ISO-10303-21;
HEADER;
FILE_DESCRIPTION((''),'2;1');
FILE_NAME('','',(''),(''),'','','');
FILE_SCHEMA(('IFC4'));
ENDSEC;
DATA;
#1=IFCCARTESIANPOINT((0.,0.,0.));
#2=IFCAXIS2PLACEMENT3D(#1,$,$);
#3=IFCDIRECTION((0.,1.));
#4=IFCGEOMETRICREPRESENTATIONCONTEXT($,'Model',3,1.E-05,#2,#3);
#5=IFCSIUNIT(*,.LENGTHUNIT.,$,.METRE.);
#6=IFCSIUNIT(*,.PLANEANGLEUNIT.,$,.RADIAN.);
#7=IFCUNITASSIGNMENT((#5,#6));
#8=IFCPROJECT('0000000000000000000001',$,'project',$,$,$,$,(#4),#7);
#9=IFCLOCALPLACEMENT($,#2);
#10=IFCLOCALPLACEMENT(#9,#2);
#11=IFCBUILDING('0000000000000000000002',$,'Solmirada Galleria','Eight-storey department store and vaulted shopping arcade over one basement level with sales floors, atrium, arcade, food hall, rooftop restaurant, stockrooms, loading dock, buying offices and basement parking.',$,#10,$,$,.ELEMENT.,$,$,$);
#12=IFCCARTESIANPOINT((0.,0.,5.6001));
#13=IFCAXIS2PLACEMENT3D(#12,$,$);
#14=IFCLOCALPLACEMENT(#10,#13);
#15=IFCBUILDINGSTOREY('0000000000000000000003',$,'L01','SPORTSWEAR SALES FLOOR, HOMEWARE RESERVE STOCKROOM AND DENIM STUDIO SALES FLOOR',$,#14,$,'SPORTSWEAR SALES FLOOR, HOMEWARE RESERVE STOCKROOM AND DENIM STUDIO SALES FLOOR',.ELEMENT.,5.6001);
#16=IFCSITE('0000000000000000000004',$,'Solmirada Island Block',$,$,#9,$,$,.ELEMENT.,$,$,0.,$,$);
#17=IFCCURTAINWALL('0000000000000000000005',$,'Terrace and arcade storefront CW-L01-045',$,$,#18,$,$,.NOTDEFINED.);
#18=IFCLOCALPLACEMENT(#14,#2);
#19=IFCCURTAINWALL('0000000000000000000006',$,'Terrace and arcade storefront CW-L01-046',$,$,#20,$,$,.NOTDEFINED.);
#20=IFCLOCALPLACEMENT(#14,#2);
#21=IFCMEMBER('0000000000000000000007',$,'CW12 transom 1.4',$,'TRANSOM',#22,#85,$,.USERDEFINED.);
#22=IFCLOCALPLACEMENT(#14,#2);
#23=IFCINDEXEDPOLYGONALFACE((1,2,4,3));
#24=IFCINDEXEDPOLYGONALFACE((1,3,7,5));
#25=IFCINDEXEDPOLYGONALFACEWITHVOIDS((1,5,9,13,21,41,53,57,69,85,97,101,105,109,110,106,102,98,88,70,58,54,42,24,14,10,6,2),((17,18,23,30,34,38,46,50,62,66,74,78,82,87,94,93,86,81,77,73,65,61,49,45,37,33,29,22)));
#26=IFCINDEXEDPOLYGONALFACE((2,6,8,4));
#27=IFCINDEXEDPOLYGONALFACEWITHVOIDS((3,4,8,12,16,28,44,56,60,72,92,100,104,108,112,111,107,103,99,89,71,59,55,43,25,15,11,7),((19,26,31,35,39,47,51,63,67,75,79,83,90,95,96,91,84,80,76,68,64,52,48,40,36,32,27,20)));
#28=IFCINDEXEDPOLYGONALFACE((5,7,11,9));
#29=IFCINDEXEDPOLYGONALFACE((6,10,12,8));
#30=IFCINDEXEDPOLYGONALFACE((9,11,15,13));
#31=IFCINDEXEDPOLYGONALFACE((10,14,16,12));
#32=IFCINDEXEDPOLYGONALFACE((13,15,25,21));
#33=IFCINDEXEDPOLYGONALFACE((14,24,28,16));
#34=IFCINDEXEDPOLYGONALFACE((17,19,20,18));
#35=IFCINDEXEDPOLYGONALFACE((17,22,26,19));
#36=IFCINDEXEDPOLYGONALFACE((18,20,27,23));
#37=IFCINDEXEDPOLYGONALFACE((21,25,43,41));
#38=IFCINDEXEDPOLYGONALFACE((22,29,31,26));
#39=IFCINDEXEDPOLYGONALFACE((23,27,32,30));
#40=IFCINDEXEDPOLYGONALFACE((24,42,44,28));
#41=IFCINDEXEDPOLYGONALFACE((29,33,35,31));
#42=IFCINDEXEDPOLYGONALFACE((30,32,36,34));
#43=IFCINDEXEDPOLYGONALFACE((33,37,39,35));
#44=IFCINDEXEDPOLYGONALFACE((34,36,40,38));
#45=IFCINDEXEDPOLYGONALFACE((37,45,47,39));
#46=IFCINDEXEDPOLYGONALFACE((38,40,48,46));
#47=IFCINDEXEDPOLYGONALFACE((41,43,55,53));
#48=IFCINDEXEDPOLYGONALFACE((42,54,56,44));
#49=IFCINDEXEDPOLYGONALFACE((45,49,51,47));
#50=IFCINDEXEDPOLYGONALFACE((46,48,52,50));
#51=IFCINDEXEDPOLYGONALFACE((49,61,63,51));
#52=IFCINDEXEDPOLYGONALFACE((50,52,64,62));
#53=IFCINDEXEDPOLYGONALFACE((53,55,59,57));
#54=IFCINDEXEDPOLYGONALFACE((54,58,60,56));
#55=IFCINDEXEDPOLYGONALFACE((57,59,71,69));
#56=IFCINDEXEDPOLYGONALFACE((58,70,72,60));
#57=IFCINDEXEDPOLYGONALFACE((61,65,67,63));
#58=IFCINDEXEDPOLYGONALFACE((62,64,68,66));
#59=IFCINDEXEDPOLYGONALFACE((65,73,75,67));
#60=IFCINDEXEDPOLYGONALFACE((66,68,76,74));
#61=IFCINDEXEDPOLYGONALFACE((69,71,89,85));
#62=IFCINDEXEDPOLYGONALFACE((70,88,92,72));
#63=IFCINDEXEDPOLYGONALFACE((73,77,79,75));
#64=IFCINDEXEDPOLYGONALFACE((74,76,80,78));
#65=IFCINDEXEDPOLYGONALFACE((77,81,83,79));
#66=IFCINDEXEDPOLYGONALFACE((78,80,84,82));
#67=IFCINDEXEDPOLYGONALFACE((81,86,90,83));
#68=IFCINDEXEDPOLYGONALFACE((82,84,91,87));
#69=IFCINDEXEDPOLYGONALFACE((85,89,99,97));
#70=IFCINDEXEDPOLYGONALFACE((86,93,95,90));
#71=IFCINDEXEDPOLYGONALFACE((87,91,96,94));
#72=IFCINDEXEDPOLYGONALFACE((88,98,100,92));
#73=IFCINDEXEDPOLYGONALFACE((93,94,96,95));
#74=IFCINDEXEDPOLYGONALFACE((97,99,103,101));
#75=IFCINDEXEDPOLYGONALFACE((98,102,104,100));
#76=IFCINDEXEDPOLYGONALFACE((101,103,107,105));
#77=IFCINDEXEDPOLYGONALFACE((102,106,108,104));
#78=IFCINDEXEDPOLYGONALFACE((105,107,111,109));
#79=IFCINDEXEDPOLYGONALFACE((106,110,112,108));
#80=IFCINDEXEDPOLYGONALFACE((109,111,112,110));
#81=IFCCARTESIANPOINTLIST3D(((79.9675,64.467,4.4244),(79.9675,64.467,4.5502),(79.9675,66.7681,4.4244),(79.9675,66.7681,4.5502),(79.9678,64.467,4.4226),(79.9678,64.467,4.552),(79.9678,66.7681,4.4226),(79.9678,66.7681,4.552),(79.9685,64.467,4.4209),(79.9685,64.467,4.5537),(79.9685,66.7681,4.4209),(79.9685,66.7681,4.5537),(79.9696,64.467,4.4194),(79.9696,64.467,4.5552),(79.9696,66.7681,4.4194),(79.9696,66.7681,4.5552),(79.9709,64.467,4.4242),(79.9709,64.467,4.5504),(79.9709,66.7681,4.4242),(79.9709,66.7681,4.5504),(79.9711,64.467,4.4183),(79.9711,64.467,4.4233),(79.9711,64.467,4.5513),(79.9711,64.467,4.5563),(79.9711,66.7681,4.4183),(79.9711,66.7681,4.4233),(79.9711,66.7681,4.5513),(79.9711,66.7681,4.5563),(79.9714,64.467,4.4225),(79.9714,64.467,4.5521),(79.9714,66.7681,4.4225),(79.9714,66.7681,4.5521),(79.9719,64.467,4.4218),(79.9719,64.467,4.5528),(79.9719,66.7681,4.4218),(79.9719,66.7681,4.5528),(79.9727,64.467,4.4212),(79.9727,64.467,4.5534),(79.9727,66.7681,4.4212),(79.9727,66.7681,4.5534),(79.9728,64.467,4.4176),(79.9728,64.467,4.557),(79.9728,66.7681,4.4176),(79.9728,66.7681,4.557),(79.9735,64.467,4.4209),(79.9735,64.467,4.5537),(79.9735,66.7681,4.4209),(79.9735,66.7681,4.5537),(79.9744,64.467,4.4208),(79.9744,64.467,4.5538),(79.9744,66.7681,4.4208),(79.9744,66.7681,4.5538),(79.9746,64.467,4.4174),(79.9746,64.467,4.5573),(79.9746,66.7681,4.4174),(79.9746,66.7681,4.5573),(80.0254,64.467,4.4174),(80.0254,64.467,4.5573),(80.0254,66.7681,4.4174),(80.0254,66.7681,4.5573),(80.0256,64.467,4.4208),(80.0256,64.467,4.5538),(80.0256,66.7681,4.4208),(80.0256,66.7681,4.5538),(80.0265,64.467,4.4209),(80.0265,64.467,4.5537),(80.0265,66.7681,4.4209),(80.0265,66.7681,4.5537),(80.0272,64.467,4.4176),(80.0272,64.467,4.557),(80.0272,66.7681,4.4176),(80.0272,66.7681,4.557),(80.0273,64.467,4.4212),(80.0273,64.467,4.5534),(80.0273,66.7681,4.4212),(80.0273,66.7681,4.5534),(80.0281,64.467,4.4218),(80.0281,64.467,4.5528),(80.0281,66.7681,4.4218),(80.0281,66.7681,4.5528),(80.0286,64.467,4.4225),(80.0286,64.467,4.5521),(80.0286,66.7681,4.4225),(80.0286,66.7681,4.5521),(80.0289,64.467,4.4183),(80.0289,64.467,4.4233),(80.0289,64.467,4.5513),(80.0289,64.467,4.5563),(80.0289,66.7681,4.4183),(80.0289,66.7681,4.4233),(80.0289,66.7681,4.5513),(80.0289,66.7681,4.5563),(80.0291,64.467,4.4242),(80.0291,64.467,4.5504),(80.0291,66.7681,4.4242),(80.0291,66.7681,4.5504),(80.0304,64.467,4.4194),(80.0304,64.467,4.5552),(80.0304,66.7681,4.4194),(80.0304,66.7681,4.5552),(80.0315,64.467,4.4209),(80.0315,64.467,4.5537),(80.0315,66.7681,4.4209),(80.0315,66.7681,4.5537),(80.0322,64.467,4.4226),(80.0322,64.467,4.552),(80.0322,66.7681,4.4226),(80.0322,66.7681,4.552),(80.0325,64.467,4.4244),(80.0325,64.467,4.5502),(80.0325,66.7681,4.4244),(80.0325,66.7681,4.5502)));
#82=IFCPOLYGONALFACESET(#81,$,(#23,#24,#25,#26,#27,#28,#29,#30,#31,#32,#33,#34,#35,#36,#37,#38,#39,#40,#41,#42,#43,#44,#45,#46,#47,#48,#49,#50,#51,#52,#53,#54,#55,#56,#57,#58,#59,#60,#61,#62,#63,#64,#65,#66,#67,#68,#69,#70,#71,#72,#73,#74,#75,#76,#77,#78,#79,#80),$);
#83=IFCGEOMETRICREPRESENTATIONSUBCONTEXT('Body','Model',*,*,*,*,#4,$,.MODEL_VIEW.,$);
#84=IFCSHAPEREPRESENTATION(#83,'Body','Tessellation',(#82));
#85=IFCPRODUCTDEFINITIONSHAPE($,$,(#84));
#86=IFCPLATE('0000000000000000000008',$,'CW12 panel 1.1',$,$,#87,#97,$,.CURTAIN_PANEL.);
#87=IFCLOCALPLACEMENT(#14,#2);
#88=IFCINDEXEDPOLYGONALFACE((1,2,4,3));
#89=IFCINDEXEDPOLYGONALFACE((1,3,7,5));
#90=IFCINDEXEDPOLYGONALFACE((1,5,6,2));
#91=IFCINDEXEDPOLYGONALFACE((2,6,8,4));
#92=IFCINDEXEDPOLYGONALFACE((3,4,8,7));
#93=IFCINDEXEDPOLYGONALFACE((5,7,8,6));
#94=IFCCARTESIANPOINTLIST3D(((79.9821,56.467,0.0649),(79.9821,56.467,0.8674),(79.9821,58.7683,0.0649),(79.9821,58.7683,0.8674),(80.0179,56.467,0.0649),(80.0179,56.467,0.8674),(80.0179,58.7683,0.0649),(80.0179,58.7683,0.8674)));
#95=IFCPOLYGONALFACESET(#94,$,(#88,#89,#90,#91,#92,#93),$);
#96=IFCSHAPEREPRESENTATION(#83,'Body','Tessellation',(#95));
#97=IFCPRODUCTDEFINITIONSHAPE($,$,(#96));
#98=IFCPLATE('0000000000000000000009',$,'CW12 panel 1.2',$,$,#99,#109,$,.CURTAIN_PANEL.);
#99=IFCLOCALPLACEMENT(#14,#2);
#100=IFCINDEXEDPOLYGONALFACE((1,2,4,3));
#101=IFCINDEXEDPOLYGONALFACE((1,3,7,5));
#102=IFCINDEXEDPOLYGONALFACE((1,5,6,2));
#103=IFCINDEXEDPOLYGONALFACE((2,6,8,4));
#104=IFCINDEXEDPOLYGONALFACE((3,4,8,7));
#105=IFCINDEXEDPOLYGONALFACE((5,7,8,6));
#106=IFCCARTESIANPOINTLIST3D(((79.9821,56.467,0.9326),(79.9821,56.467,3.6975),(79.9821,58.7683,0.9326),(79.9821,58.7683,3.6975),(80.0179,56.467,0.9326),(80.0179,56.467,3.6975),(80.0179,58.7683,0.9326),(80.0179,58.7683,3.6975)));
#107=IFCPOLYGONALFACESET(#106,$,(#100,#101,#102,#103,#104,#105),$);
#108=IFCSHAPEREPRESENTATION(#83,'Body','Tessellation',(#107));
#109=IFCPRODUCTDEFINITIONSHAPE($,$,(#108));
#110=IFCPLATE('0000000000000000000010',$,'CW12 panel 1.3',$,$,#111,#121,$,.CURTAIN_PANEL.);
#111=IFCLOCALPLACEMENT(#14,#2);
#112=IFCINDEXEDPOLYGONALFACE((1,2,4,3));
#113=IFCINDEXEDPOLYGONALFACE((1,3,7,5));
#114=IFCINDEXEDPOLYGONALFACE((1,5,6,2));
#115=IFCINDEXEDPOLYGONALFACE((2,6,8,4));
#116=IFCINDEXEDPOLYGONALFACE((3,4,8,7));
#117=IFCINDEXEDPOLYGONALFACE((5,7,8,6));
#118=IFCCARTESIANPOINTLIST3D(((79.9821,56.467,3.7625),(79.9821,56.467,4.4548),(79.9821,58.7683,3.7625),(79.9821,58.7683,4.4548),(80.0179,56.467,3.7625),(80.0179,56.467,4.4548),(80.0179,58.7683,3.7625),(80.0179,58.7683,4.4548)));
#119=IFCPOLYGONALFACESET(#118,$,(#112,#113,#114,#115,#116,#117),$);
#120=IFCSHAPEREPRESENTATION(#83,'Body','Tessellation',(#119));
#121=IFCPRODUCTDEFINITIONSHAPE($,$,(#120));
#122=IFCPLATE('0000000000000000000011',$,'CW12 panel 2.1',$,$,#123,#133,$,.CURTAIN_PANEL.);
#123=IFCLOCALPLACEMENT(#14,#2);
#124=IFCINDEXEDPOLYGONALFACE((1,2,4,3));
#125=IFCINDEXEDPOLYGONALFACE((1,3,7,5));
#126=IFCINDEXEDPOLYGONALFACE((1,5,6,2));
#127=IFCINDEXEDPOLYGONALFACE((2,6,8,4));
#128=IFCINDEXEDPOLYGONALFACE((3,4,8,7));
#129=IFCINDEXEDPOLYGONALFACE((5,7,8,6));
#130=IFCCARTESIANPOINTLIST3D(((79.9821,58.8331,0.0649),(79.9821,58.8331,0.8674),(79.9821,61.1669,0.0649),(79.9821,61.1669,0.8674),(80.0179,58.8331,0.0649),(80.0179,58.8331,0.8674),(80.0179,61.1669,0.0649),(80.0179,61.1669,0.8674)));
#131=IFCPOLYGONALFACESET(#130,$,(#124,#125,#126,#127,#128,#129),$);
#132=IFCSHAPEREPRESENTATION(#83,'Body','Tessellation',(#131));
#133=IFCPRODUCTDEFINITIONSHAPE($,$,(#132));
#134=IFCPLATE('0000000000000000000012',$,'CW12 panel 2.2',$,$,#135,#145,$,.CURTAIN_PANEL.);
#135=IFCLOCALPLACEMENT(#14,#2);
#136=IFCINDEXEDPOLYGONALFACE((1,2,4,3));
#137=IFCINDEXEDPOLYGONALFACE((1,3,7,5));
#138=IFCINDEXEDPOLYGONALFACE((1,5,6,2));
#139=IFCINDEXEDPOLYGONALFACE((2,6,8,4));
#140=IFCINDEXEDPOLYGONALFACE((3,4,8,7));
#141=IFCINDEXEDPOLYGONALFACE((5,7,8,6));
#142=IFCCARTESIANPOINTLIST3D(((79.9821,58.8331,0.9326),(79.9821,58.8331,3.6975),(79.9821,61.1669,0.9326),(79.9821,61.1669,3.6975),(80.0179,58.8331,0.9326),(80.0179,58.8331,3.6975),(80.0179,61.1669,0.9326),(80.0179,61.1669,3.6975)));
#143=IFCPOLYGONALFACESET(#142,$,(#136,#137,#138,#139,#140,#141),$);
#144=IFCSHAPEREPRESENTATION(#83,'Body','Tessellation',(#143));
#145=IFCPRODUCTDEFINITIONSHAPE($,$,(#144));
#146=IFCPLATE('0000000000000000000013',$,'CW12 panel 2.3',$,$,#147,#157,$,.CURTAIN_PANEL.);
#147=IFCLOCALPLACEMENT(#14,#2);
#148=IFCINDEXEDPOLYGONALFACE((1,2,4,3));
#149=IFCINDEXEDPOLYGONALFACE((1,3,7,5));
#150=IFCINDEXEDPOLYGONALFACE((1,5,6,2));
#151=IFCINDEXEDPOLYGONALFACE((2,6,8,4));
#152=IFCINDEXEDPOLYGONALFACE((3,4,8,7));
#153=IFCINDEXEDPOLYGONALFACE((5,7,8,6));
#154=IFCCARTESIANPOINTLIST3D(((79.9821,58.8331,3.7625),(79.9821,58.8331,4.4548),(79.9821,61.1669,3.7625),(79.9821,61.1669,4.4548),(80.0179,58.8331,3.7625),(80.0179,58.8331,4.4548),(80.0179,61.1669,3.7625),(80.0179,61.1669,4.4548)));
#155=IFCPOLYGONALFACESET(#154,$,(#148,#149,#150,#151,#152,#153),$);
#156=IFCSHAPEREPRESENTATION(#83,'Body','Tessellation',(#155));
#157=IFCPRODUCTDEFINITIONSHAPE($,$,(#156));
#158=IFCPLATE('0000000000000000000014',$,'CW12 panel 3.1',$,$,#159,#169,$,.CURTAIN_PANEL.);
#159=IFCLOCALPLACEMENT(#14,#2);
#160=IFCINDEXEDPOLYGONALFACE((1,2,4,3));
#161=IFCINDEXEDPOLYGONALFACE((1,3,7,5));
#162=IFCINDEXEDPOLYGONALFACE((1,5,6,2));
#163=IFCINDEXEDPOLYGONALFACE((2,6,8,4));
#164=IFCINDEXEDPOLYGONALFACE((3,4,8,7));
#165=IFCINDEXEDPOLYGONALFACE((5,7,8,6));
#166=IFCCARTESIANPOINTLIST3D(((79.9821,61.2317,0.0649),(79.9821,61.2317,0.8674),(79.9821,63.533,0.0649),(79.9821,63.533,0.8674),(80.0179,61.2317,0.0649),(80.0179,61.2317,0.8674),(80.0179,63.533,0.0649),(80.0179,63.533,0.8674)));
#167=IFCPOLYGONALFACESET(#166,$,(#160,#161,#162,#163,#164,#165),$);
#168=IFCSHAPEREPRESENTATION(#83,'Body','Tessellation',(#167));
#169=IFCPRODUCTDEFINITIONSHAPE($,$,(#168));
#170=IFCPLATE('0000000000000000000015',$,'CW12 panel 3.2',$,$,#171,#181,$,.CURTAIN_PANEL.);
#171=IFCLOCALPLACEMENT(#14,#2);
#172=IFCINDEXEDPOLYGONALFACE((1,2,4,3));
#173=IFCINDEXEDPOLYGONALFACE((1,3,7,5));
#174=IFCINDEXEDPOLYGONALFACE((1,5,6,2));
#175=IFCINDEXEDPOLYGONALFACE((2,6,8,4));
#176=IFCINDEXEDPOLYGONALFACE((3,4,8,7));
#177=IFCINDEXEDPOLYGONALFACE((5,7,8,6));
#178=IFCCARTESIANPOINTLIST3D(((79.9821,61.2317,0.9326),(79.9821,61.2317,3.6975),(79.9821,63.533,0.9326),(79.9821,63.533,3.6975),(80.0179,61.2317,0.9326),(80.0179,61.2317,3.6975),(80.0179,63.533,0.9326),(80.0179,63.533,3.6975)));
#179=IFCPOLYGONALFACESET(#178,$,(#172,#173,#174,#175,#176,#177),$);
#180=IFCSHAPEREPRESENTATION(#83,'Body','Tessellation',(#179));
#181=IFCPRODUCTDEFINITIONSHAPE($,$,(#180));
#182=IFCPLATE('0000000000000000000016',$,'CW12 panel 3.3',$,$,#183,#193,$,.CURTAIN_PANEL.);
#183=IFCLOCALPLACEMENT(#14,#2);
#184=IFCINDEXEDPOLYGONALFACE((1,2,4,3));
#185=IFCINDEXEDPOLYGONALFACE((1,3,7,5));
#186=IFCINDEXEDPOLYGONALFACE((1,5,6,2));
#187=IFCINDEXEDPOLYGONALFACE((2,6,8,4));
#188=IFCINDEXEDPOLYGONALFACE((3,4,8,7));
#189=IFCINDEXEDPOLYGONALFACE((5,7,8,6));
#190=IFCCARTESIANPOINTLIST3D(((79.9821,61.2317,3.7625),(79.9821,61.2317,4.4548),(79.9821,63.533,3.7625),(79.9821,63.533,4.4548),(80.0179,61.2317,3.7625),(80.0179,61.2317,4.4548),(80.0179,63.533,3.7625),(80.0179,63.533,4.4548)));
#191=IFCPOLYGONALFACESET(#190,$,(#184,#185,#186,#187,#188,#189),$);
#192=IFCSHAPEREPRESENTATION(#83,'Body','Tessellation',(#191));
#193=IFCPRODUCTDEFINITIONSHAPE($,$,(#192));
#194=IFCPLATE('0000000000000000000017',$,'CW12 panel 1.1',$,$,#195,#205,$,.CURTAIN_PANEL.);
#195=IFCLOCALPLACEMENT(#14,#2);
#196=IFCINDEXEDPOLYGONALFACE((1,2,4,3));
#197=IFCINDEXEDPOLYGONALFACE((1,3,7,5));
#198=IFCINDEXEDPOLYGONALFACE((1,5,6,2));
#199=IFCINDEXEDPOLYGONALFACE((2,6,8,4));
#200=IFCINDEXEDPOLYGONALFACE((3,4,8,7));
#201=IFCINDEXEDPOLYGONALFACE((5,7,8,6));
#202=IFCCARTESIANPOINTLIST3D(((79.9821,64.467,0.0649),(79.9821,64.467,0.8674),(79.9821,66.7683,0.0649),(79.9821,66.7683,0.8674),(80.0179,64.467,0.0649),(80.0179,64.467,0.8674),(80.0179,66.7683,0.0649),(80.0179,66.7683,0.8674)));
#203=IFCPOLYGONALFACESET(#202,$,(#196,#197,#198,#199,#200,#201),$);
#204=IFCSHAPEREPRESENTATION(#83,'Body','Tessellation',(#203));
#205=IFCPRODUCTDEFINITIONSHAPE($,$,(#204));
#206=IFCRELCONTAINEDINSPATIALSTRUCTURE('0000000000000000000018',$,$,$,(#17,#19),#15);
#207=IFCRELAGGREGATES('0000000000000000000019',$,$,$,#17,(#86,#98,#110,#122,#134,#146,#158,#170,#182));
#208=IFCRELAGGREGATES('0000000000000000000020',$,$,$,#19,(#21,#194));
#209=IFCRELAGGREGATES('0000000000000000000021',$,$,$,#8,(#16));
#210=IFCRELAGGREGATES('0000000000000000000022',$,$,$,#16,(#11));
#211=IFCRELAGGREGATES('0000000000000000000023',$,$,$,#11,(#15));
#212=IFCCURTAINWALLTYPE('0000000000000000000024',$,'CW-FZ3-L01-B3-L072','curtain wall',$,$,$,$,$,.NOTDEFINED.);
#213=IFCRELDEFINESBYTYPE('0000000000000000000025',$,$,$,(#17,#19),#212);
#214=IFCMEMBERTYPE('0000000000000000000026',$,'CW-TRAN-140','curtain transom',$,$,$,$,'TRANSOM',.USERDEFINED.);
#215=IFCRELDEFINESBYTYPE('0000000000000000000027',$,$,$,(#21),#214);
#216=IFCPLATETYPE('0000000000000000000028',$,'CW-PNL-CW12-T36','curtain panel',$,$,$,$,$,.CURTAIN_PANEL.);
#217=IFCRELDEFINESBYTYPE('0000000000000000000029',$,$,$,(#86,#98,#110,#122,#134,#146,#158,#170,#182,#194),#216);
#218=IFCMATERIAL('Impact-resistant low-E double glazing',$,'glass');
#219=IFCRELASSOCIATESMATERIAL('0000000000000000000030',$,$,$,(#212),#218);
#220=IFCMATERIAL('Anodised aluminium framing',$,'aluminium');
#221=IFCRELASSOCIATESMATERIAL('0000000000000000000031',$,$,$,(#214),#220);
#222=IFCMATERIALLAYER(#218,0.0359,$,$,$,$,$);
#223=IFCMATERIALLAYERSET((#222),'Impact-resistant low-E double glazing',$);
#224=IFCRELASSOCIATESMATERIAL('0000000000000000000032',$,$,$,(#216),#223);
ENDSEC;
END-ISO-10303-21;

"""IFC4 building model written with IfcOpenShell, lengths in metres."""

from ifc_helpers import new_model, si_unit, direction, frame, origin, origin_2d, place, context, subcontext, project, spatial, rectangle, hollow_rectangle, extrude, material, layer, layer_set, material_profile, profile_set, type_object, element, aggregate, save


model = new_model("IFC4")

# Units and contexts
model_context = context("Model", 3, precision=1e-05, world=origin(), true_north=direction((0.0, 1.0)))
body_context = subcontext(model_context, "Body", "Model", "MODEL_VIEW")
ifc_project = project(units=[si_unit("LENGTHUNIT", "METRE"), si_unit("PLANEANGLEUNIT", "RADIAN")], contexts=[model_context])

# Site, building, storey
site_placement = place(None, origin())
site = spatial("IfcSite", under=ifc_project, at=site_placement, Name="Solmirada Island Block", CompositionType="ELEMENT", RefElevation=0.0)
building_placement = place(site_placement, origin())
building = spatial("IfcBuilding", under=site, at=building_placement, Name="Solmirada Galleria", Description="Eight-storey department store and vaulted shopping arcade over one basement level with sales floors, atrium, arcade, food hall, rooftop restaurant, stockrooms, loading dock, buying offices and basement parking.", CompositionType="ELEMENT")
storey_placement = place(building_placement, frame((0.0, 0.0, 5.6001)))
storey = spatial("IfcBuildingStorey", under=building, at=storey_placement, Name="L01", Description="SPORTSWEAR SALES FLOOR, HOMEWARE RESERVE STOCKROOM AND DENIM STUDIO SALES FLOOR", LongName="SPORTSWEAR SALES FLOOR, HOMEWARE RESERVE STOCKROOM AND DENIM STUDIO SALES FLOOR", CompositionType="ELEMENT", Elevation=5.6001)

# Curtain wall
ifc_material_1 = material(Name="Impact-resistant low-E double glazing", Category="glass")
curtain_wall_type = type_object("IfcCurtainWallType", Name="CW-FZ3-L01-B3-L072", Description="curtain wall", PredefinedType="NOTDEFINED", material=ifc_material_1)
curtain_wall_1_placement = place(storey_placement, origin())
curtain_wall_1 = element("IfcCurtainWall", 1, at=curtain_wall_1_placement, inside=storey, type_object=curtain_wall_type, Name="Terrace and arcade storefront CW-L01-045", PredefinedType="NOTDEFINED")
ifc_material_2 = material(Name="Anodised aluminium framing", Category="aluminium")

# Curtain wall
curtain_wall_2_placement = place(storey_placement, origin())
curtain_wall_2 = element("IfcCurtainWall", 2, at=curtain_wall_2_placement, inside=storey, type_object=curtain_wall_type, Name="Terrace and arcade storefront CW-L01-046", PredefinedType="NOTDEFINED")

# Member
ifc_material_profile_1 = material_profile(ifc_material_2, hollow_rectangle(XDim=0.0649, YDim=0.1399, WallThickness=0.0034, InnerFilletRadius=0.0034, OuterFilletRadius=0.0071, at=origin_2d()), Name="ALU-TRAN-140X65")
ifc_profile_set_1 = profile_set([ifc_material_profile_1], Name="Anodised aluminium framing")
member_type_1 = type_object("IfcMemberType", Name="CW-TRAN-140", Description="curtain transom", ElementType="TRANSOM", PredefinedType="USERDEFINED", material=ifc_profile_set_1)
member_1_placement = place(storey_placement, frame((80.0, 64.467, 4.4873), z_axis=(0.0, 1.0, 0.0), x_axis=(-1.0, 0.0, 0.0)))
member_1 = element("IfcMember", 3, at=member_1_placement, type_object=member_type_1, Name="CW12 transom 1.4", ObjectType="TRANSOM", PredefinedType="USERDEFINED", context=body_context, shape_type="SweptSolid", body=[
    extrude(hollow_rectangle(XDim=0.0649, YDim=0.1399, WallThickness=0.0034, InnerFilletRadius=0.0034, OuterFilletRadius=0.0071, at=origin_2d()), origin(), (0.0, 0.0, 1.0), 2.301),
])

# Plates
ifc_layer = layer(ifc_material_1, 0.0359)
ifc_layer_set = layer_set([ifc_layer], Name="Impact-resistant low-E double glazing")
plate_type = type_object("IfcPlateType", Name="CW-PNL-CW12-T36", Description="curtain panel", PredefinedType="CURTAIN_PANEL", material=ifc_layer_set)
plate_1_placement = place(storey_placement, frame((80.0, 57.6177, 0.0649), z_axis=(0.0, 0.0, 1.0), x_axis=(0.0, 1.0, 0.0)))
plate_1 = element("IfcPlate", 4, at=plate_1_placement, type_object=plate_type, Name="CW12 panel 1.1", PredefinedType="CURTAIN_PANEL", context=body_context, shape_type="SweptSolid", body=[
    extrude(rectangle(XDim=2.3013, YDim=0.0359, at=origin_2d()), origin(), (0.0, 0.0, 1.0), 0.8025),
])
plate_2_placement = place(storey_placement, frame((80.0, 57.6177, 0.9326), z_axis=(0.0, 0.0, 1.0), x_axis=(0.0, 1.0, 0.0)))
plate_2 = element("IfcPlate", 5, at=plate_2_placement, type_object=plate_type, Name="CW12 panel 1.2", PredefinedType="CURTAIN_PANEL", context=body_context, shape_type="SweptSolid", body=[
    extrude(rectangle(XDim=2.3013, YDim=0.0359, at=origin_2d()), origin(), (0.0, 0.0, 1.0), 2.7649),
])
plate_3_placement = place(storey_placement, frame((80.0, 57.6177, 3.7625), z_axis=(0.0, 0.0, 1.0), x_axis=(0.0, 1.0, 0.0)))
plate_3 = element("IfcPlate", 6, at=plate_3_placement, type_object=plate_type, Name="CW12 panel 1.3", PredefinedType="CURTAIN_PANEL", context=body_context, shape_type="SweptSolid", body=[
    extrude(rectangle(XDim=2.3013, YDim=0.0359, at=origin_2d()), origin(), (0.0, 0.0, 1.0), 0.6924),
])
plate_4_placement = place(storey_placement, frame((80.0, 60.0, 0.0649), z_axis=(0.0, 0.0, 1.0), x_axis=(0.0, 1.0, 0.0)))
plate_4 = element("IfcPlate", 7, at=plate_4_placement, type_object=plate_type, Name="CW12 panel 2.1", PredefinedType="CURTAIN_PANEL", context=body_context, shape_type="SweptSolid", body=[
    extrude(rectangle(XDim=2.3337, YDim=0.0359, at=origin_2d()), origin(), (0.0, 0.0, 1.0), 0.8025),
])
plate_5_placement = place(storey_placement, frame((80.0, 60.0, 0.9326), z_axis=(0.0, 0.0, 1.0), x_axis=(0.0, 1.0, 0.0)))
plate_5 = element("IfcPlate", 8, at=plate_5_placement, type_object=plate_type, Name="CW12 panel 2.2", PredefinedType="CURTAIN_PANEL", context=body_context, shape_type="SweptSolid", body=[
    extrude(rectangle(XDim=2.3337, YDim=0.0359, at=origin_2d()), origin(), (0.0, 0.0, 1.0), 2.7649),
])
plate_6_placement = place(storey_placement, frame((80.0, 60.0, 3.7625), z_axis=(0.0, 0.0, 1.0), x_axis=(0.0, 1.0, 0.0)))
plate_6 = element("IfcPlate", 9, at=plate_6_placement, type_object=plate_type, Name="CW12 panel 2.3", PredefinedType="CURTAIN_PANEL", context=body_context, shape_type="SweptSolid", body=[
    extrude(rectangle(XDim=2.3337, YDim=0.0359, at=origin_2d()), origin(), (0.0, 0.0, 1.0), 0.6924),
])
plate_7_placement = place(storey_placement, frame((80.0, 62.3823, 0.0649), z_axis=(0.0, 0.0, 1.0), x_axis=(0.0, 1.0, 0.0)))
plate_7 = element("IfcPlate", 10, at=plate_7_placement, type_object=plate_type, Name="CW12 panel 3.1", PredefinedType="CURTAIN_PANEL", context=body_context, shape_type="SweptSolid", body=[
    extrude(rectangle(XDim=2.3013, YDim=0.0359, at=origin_2d()), origin(), (0.0, 0.0, 1.0), 0.8025),
])
plate_8_placement = place(storey_placement, frame((80.0, 62.3823, 0.9326), z_axis=(0.0, 0.0, 1.0), x_axis=(0.0, 1.0, 0.0)))
plate_8 = element("IfcPlate", 11, at=plate_8_placement, type_object=plate_type, Name="CW12 panel 3.2", PredefinedType="CURTAIN_PANEL", context=body_context, shape_type="SweptSolid", body=[
    extrude(rectangle(XDim=2.3013, YDim=0.0359, at=origin_2d()), origin(), (0.0, 0.0, 1.0), 2.7649),
])
plate_9_placement = place(storey_placement, frame((80.0, 62.3823, 3.7625), z_axis=(0.0, 0.0, 1.0), x_axis=(0.0, 1.0, 0.0)))
plate_9 = element("IfcPlate", 12, at=plate_9_placement, type_object=plate_type, Name="CW12 panel 3.3", PredefinedType="CURTAIN_PANEL", context=body_context, shape_type="SweptSolid", body=[
    extrude(rectangle(XDim=2.3013, YDim=0.0359, at=origin_2d()), origin(), (0.0, 0.0, 1.0), 0.6924),
])
aggregate(curtain_wall_1, [plate_1, plate_2, plate_3, plate_4, plate_5, plate_6, plate_7, plate_8, plate_9])
plate_10_placement = place(storey_placement, frame((80.0, 65.6177, 0.0649), z_axis=(0.0, 0.0, 1.0), x_axis=(0.0, 1.0, 0.0)))
plate_10 = element("IfcPlate", 13, at=plate_10_placement, type_object=plate_type, Name="CW12 panel 1.1", PredefinedType="CURTAIN_PANEL", context=body_context, shape_type="SweptSolid", body=[
    extrude(rectangle(XDim=2.3013, YDim=0.0359, at=origin_2d()), origin(), (0.0, 0.0, 1.0), 0.8025),
])
aggregate(curtain_wall_2, [member_1, plate_10])

save(model, "model.ifc")
